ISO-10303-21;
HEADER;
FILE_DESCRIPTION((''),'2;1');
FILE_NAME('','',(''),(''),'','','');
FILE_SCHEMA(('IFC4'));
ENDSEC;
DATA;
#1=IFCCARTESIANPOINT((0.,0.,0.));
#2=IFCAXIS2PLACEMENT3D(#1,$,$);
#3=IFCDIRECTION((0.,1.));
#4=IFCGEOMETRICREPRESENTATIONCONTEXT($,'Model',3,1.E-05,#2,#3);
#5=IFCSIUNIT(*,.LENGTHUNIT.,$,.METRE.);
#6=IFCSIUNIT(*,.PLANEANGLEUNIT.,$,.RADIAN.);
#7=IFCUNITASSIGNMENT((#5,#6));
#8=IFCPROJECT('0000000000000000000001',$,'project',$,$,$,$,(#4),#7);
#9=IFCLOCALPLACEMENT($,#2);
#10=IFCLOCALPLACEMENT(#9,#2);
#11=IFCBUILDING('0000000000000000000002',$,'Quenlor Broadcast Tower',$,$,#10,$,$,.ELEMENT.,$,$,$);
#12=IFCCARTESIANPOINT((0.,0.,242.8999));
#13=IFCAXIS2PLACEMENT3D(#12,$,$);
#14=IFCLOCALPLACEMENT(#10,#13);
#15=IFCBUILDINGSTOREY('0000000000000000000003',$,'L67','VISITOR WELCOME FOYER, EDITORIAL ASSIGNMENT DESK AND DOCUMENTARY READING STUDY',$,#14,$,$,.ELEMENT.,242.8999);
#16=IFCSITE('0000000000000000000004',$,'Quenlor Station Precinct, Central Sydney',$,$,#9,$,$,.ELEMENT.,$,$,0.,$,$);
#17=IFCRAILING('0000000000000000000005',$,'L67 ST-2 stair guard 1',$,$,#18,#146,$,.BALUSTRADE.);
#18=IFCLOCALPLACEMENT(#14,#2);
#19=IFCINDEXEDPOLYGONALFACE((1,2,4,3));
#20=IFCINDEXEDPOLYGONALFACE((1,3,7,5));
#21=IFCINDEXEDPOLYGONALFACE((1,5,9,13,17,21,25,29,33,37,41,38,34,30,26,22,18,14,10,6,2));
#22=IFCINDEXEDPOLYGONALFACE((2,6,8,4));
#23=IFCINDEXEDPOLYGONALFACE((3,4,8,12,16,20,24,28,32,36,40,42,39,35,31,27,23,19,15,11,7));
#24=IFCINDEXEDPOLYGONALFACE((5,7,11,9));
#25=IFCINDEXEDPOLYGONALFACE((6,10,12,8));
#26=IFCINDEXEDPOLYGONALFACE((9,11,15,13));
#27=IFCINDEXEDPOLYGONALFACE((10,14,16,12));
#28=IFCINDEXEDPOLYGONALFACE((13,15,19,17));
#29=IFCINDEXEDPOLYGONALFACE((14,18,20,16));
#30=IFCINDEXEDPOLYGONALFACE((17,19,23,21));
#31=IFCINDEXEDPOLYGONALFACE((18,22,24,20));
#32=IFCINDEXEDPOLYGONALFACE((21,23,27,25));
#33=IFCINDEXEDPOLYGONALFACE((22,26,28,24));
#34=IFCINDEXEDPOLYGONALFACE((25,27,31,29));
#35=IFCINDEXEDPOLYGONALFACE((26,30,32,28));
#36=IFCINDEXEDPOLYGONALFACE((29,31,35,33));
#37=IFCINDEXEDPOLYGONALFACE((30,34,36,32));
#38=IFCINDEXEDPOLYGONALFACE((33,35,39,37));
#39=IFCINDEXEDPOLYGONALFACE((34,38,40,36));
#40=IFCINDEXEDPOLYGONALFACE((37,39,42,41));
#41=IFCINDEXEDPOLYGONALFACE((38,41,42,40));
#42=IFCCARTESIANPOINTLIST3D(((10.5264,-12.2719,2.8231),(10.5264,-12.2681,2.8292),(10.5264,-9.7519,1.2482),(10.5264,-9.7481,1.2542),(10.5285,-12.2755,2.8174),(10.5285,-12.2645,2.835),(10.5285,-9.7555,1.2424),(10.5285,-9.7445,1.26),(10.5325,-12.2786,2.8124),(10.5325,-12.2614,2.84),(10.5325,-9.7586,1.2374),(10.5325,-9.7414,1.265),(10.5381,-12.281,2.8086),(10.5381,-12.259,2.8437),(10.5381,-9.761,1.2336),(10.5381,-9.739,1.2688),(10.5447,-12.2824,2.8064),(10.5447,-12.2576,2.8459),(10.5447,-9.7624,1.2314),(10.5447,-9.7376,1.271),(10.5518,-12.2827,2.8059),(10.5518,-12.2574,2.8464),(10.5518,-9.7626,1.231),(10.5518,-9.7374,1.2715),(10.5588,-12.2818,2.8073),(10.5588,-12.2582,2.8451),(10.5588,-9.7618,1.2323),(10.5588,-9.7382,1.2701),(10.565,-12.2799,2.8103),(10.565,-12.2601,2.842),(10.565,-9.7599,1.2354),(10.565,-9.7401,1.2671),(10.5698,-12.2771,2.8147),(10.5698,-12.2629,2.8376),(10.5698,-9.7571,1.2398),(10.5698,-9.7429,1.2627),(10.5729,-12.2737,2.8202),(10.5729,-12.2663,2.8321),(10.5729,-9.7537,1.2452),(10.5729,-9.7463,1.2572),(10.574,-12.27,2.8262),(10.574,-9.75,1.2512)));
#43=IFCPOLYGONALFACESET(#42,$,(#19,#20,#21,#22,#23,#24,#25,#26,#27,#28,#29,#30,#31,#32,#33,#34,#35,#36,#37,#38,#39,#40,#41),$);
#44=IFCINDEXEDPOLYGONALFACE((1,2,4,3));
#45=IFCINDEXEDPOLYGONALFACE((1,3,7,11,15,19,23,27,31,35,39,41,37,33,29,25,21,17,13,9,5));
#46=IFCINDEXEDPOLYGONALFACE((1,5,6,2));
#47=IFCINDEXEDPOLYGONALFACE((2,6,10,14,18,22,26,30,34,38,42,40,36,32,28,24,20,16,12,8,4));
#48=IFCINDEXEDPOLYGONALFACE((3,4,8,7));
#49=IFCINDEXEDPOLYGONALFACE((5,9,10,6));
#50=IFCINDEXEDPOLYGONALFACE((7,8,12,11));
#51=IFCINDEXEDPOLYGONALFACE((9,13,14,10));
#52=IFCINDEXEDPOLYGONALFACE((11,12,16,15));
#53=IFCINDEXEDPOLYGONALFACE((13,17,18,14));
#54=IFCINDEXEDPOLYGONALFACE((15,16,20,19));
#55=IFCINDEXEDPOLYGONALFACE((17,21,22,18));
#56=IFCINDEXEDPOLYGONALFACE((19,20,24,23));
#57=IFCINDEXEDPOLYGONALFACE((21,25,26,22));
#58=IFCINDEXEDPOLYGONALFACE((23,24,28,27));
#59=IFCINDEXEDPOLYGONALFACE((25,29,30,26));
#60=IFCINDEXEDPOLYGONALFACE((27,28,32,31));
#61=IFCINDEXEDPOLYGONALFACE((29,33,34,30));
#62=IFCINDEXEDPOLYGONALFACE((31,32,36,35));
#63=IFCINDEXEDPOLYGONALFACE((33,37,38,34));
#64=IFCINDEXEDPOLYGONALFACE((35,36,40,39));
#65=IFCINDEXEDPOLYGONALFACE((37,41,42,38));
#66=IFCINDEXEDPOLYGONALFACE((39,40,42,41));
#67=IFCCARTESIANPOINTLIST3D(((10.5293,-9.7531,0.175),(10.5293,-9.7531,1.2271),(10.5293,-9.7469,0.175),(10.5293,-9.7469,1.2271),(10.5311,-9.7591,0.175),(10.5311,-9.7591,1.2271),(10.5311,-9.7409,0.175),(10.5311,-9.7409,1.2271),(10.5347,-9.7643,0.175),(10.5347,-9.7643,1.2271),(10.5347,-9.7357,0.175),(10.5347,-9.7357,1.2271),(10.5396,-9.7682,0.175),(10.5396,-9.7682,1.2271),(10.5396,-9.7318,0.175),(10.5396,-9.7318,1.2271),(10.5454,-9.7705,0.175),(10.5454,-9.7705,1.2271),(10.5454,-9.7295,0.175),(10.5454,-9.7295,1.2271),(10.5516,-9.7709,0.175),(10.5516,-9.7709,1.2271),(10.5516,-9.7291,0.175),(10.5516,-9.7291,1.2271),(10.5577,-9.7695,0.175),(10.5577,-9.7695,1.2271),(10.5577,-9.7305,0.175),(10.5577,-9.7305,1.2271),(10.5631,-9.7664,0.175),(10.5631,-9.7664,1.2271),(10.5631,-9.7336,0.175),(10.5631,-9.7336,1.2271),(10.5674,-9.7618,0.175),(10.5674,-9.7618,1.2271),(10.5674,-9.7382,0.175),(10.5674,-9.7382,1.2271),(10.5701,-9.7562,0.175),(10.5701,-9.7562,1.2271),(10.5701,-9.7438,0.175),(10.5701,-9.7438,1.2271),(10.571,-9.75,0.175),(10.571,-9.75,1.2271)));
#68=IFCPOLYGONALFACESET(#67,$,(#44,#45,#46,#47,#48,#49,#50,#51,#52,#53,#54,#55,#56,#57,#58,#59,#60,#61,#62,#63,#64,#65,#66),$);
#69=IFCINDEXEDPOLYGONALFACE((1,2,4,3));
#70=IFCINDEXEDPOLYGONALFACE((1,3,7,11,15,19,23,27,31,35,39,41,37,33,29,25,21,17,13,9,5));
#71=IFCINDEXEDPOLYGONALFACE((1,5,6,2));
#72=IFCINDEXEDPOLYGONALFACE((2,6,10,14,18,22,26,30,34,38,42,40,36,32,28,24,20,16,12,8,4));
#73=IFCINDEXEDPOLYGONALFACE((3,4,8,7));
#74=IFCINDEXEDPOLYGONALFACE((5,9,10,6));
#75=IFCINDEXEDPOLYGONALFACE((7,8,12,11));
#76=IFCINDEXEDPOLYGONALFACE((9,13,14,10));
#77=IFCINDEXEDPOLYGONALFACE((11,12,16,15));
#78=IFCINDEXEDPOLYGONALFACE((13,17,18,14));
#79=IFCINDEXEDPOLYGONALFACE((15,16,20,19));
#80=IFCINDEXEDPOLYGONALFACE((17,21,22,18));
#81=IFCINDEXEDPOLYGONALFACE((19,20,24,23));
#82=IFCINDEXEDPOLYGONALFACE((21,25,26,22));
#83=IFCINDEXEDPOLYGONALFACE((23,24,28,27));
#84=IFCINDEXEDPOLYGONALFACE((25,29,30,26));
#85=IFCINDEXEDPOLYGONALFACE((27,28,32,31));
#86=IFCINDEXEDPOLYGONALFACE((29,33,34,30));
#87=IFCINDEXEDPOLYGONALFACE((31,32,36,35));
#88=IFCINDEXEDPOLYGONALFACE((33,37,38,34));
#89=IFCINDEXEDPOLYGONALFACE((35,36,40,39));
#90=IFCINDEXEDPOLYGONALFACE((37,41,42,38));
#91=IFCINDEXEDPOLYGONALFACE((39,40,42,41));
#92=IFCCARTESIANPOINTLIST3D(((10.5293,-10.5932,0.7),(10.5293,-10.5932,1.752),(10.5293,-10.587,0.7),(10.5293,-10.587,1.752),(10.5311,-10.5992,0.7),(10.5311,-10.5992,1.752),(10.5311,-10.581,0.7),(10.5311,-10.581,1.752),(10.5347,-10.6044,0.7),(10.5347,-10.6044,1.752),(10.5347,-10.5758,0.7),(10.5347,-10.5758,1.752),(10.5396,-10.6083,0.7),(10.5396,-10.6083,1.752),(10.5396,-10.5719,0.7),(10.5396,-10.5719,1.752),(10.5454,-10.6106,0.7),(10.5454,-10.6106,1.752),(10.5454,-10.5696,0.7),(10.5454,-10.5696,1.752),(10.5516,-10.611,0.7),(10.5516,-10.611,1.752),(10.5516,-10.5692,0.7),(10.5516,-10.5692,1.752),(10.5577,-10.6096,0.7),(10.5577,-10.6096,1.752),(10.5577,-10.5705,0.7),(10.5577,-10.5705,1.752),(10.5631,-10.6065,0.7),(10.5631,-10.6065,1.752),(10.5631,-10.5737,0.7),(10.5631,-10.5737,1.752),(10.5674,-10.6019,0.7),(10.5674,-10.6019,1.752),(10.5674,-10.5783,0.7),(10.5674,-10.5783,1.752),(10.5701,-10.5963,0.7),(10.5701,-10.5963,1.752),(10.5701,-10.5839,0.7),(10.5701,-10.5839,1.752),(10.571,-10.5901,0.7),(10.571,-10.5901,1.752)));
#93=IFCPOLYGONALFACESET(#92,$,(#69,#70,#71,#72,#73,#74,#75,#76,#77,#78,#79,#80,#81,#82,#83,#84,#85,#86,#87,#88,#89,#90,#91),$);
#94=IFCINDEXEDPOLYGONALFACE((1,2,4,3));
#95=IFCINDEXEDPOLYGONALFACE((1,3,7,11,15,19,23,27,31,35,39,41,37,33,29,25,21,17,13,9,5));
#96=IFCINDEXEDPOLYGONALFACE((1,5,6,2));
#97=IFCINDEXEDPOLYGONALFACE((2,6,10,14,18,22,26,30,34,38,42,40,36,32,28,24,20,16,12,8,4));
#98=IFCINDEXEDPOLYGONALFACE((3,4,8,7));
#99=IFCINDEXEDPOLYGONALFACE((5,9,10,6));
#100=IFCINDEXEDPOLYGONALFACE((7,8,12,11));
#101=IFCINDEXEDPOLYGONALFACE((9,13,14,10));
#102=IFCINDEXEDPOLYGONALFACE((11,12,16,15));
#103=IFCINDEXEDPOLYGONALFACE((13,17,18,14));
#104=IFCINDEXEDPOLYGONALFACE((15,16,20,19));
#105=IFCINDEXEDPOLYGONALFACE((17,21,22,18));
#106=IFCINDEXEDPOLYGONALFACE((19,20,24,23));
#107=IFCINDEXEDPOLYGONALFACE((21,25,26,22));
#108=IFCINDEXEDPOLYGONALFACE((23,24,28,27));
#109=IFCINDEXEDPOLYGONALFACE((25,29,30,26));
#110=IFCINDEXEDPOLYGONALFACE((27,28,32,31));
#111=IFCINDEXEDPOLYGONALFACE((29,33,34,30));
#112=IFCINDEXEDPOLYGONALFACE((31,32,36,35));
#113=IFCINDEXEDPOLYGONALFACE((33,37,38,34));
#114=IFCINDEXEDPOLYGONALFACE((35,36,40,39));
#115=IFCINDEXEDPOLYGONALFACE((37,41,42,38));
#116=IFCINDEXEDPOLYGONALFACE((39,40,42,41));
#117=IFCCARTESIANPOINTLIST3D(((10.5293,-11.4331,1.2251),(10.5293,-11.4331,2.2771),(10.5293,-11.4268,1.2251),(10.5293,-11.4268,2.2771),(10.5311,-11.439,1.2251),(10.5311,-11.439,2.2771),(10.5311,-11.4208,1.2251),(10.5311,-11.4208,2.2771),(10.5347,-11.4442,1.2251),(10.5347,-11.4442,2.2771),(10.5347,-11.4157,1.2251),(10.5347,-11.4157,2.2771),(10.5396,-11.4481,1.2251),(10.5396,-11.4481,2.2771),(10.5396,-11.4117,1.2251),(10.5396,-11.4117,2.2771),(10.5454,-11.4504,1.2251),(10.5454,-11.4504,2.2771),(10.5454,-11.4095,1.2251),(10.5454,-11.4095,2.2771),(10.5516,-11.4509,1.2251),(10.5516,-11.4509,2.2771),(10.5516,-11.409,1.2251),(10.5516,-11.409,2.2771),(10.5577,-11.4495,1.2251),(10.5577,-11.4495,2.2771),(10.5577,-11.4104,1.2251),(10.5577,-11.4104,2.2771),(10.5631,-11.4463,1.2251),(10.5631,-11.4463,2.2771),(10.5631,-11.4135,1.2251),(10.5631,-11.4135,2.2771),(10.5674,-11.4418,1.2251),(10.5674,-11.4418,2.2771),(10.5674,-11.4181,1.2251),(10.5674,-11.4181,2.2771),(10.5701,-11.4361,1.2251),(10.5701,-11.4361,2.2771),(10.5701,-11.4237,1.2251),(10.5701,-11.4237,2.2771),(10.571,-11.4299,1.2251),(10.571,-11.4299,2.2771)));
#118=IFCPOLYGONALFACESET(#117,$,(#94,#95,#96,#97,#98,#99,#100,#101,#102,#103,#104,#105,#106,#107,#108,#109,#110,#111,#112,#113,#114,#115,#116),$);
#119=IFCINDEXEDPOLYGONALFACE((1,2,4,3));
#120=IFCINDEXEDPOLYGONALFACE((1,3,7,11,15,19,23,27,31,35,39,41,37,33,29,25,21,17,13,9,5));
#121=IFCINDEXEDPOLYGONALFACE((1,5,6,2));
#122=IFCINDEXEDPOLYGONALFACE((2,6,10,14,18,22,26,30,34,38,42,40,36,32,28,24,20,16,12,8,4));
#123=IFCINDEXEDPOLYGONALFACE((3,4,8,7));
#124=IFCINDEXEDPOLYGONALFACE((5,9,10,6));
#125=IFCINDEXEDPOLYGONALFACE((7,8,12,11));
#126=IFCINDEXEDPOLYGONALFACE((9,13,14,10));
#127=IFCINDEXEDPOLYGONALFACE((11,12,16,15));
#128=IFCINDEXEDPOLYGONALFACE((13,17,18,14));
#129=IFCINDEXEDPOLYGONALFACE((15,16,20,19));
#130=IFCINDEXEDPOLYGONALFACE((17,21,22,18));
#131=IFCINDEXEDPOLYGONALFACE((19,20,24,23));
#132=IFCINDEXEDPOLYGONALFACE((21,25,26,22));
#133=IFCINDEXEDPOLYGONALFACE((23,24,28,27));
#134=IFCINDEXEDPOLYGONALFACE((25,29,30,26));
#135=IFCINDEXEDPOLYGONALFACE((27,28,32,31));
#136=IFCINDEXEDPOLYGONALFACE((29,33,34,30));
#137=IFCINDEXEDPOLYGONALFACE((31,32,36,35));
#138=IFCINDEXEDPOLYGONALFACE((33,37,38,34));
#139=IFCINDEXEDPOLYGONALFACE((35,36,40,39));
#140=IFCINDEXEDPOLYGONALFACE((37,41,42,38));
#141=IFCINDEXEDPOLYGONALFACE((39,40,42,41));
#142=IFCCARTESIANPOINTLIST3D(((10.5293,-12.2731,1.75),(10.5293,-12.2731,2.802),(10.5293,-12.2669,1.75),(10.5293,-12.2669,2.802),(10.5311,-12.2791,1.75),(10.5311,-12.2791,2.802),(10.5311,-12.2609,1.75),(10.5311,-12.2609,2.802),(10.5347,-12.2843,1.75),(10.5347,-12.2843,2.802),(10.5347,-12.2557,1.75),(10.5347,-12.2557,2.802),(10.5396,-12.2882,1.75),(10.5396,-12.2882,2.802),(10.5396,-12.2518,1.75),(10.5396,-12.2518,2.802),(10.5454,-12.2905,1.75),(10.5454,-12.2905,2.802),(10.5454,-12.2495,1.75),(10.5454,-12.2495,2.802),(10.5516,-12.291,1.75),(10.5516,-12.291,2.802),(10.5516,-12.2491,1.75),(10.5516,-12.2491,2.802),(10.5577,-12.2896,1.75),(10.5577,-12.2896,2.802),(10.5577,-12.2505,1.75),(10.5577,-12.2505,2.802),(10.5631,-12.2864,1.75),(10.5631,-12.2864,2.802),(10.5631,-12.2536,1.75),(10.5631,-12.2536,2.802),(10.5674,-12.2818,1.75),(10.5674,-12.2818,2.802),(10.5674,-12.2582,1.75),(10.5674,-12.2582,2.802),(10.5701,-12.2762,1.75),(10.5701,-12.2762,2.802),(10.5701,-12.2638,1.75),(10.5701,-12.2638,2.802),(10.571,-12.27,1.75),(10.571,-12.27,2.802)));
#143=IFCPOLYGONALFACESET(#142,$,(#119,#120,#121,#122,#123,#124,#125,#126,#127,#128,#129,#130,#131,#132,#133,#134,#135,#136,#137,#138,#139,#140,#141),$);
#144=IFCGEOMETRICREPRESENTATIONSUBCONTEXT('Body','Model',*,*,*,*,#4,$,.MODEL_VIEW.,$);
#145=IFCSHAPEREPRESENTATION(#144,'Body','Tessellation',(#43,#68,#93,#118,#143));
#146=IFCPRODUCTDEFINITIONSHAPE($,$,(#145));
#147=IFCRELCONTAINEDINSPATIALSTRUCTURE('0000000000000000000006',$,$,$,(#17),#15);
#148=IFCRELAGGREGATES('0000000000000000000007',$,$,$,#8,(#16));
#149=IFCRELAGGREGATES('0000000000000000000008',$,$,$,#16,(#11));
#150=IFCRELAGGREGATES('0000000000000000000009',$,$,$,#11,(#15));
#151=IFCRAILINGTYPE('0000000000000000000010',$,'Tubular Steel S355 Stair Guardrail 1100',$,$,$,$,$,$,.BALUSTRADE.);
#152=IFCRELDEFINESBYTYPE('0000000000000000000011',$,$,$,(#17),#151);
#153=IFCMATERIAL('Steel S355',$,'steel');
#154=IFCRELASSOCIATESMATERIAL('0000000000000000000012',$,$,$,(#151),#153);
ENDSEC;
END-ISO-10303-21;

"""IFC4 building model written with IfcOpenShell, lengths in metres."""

from ifc_helpers import new_model, si_unit, direction, frame, origin, origin_2d, place, context, subcontext, project, spatial, circle, extrude, material, type_object, element, save


model = new_model("IFC4")

# Units and contexts
model_context = context("Model", 3, precision=1e-05, world=origin(), true_north=direction((0.0, 1.0)))
body_context = subcontext(model_context, "Body", "Model", "MODEL_VIEW")
ifc_project = project(units=[si_unit("LENGTHUNIT", "METRE"), si_unit("PLANEANGLEUNIT", "RADIAN")], contexts=[model_context])

# Site, building, storey
site_placement = place(None, origin())
site = spatial("IfcSite", under=ifc_project, at=site_placement, Name="Quenlor Station Precinct, Central Sydney", CompositionType="ELEMENT", RefElevation=0.0)
building_placement = place(site_placement, origin())
building = spatial("IfcBuilding", under=site, at=building_placement, Name="Quenlor Broadcast Tower", CompositionType="ELEMENT")
storey_placement = place(building_placement, frame((0.0, 0.0, 242.8999)))
storey = spatial("IfcBuildingStorey", under=building, at=storey_placement, Name="L67", Description="VISITOR WELCOME FOYER, EDITORIAL ASSIGNMENT DESK AND DOCUMENTARY READING STUDY", CompositionType="ELEMENT", Elevation=242.8999)

# Railing
ifc_material_1 = material(Name="Steel S355", Category="steel")
railing_type_1 = type_object("IfcRailingType", Name="Tubular Steel S355 Stair Guardrail 1100", PredefinedType="BALUSTRADE", material=ifc_material_1)
railing_1_placement = place(storey_placement, frame((10.55, -9.75, 0.175)))
element("IfcRailing", 1, at=railing_1_placement, inside=storey, type_object=railing_type_1, Name="L67 ST-2 stair guard 1", PredefinedType="BALUSTRADE", context=body_context, shape_type="SweptSolid", body=[
    extrude(circle(Radius=0.0239, at=origin_2d()), frame((0.0, 0.0, 1.0762), z_axis=(0.0, -0.848008, 0.529984), x_axis=(1.0, 0.0, 0.0)), (0.0, 0.0, 1.0), 2.9717),
    extrude(circle(Radius=0.021, at=origin_2d()), origin(), (0.0, 0.0, 1.0), 1.052),
    extrude(circle(Radius=0.021, at=origin_2d()), frame((0.0, -0.8401, 0.5249)), (0.0, 0.0, 1.0), 1.052),
    extrude(circle(Radius=0.021, at=origin_2d()), frame((0.0, -1.6799, 1.05)), (0.0, 0.0, 1.0), 1.052),
    extrude(circle(Radius=0.021, at=origin_2d()), frame((0.0, -2.52, 1.575)), (0.0, 0.0, 1.0), 1.052),
])

save(model, "model.ifc")
